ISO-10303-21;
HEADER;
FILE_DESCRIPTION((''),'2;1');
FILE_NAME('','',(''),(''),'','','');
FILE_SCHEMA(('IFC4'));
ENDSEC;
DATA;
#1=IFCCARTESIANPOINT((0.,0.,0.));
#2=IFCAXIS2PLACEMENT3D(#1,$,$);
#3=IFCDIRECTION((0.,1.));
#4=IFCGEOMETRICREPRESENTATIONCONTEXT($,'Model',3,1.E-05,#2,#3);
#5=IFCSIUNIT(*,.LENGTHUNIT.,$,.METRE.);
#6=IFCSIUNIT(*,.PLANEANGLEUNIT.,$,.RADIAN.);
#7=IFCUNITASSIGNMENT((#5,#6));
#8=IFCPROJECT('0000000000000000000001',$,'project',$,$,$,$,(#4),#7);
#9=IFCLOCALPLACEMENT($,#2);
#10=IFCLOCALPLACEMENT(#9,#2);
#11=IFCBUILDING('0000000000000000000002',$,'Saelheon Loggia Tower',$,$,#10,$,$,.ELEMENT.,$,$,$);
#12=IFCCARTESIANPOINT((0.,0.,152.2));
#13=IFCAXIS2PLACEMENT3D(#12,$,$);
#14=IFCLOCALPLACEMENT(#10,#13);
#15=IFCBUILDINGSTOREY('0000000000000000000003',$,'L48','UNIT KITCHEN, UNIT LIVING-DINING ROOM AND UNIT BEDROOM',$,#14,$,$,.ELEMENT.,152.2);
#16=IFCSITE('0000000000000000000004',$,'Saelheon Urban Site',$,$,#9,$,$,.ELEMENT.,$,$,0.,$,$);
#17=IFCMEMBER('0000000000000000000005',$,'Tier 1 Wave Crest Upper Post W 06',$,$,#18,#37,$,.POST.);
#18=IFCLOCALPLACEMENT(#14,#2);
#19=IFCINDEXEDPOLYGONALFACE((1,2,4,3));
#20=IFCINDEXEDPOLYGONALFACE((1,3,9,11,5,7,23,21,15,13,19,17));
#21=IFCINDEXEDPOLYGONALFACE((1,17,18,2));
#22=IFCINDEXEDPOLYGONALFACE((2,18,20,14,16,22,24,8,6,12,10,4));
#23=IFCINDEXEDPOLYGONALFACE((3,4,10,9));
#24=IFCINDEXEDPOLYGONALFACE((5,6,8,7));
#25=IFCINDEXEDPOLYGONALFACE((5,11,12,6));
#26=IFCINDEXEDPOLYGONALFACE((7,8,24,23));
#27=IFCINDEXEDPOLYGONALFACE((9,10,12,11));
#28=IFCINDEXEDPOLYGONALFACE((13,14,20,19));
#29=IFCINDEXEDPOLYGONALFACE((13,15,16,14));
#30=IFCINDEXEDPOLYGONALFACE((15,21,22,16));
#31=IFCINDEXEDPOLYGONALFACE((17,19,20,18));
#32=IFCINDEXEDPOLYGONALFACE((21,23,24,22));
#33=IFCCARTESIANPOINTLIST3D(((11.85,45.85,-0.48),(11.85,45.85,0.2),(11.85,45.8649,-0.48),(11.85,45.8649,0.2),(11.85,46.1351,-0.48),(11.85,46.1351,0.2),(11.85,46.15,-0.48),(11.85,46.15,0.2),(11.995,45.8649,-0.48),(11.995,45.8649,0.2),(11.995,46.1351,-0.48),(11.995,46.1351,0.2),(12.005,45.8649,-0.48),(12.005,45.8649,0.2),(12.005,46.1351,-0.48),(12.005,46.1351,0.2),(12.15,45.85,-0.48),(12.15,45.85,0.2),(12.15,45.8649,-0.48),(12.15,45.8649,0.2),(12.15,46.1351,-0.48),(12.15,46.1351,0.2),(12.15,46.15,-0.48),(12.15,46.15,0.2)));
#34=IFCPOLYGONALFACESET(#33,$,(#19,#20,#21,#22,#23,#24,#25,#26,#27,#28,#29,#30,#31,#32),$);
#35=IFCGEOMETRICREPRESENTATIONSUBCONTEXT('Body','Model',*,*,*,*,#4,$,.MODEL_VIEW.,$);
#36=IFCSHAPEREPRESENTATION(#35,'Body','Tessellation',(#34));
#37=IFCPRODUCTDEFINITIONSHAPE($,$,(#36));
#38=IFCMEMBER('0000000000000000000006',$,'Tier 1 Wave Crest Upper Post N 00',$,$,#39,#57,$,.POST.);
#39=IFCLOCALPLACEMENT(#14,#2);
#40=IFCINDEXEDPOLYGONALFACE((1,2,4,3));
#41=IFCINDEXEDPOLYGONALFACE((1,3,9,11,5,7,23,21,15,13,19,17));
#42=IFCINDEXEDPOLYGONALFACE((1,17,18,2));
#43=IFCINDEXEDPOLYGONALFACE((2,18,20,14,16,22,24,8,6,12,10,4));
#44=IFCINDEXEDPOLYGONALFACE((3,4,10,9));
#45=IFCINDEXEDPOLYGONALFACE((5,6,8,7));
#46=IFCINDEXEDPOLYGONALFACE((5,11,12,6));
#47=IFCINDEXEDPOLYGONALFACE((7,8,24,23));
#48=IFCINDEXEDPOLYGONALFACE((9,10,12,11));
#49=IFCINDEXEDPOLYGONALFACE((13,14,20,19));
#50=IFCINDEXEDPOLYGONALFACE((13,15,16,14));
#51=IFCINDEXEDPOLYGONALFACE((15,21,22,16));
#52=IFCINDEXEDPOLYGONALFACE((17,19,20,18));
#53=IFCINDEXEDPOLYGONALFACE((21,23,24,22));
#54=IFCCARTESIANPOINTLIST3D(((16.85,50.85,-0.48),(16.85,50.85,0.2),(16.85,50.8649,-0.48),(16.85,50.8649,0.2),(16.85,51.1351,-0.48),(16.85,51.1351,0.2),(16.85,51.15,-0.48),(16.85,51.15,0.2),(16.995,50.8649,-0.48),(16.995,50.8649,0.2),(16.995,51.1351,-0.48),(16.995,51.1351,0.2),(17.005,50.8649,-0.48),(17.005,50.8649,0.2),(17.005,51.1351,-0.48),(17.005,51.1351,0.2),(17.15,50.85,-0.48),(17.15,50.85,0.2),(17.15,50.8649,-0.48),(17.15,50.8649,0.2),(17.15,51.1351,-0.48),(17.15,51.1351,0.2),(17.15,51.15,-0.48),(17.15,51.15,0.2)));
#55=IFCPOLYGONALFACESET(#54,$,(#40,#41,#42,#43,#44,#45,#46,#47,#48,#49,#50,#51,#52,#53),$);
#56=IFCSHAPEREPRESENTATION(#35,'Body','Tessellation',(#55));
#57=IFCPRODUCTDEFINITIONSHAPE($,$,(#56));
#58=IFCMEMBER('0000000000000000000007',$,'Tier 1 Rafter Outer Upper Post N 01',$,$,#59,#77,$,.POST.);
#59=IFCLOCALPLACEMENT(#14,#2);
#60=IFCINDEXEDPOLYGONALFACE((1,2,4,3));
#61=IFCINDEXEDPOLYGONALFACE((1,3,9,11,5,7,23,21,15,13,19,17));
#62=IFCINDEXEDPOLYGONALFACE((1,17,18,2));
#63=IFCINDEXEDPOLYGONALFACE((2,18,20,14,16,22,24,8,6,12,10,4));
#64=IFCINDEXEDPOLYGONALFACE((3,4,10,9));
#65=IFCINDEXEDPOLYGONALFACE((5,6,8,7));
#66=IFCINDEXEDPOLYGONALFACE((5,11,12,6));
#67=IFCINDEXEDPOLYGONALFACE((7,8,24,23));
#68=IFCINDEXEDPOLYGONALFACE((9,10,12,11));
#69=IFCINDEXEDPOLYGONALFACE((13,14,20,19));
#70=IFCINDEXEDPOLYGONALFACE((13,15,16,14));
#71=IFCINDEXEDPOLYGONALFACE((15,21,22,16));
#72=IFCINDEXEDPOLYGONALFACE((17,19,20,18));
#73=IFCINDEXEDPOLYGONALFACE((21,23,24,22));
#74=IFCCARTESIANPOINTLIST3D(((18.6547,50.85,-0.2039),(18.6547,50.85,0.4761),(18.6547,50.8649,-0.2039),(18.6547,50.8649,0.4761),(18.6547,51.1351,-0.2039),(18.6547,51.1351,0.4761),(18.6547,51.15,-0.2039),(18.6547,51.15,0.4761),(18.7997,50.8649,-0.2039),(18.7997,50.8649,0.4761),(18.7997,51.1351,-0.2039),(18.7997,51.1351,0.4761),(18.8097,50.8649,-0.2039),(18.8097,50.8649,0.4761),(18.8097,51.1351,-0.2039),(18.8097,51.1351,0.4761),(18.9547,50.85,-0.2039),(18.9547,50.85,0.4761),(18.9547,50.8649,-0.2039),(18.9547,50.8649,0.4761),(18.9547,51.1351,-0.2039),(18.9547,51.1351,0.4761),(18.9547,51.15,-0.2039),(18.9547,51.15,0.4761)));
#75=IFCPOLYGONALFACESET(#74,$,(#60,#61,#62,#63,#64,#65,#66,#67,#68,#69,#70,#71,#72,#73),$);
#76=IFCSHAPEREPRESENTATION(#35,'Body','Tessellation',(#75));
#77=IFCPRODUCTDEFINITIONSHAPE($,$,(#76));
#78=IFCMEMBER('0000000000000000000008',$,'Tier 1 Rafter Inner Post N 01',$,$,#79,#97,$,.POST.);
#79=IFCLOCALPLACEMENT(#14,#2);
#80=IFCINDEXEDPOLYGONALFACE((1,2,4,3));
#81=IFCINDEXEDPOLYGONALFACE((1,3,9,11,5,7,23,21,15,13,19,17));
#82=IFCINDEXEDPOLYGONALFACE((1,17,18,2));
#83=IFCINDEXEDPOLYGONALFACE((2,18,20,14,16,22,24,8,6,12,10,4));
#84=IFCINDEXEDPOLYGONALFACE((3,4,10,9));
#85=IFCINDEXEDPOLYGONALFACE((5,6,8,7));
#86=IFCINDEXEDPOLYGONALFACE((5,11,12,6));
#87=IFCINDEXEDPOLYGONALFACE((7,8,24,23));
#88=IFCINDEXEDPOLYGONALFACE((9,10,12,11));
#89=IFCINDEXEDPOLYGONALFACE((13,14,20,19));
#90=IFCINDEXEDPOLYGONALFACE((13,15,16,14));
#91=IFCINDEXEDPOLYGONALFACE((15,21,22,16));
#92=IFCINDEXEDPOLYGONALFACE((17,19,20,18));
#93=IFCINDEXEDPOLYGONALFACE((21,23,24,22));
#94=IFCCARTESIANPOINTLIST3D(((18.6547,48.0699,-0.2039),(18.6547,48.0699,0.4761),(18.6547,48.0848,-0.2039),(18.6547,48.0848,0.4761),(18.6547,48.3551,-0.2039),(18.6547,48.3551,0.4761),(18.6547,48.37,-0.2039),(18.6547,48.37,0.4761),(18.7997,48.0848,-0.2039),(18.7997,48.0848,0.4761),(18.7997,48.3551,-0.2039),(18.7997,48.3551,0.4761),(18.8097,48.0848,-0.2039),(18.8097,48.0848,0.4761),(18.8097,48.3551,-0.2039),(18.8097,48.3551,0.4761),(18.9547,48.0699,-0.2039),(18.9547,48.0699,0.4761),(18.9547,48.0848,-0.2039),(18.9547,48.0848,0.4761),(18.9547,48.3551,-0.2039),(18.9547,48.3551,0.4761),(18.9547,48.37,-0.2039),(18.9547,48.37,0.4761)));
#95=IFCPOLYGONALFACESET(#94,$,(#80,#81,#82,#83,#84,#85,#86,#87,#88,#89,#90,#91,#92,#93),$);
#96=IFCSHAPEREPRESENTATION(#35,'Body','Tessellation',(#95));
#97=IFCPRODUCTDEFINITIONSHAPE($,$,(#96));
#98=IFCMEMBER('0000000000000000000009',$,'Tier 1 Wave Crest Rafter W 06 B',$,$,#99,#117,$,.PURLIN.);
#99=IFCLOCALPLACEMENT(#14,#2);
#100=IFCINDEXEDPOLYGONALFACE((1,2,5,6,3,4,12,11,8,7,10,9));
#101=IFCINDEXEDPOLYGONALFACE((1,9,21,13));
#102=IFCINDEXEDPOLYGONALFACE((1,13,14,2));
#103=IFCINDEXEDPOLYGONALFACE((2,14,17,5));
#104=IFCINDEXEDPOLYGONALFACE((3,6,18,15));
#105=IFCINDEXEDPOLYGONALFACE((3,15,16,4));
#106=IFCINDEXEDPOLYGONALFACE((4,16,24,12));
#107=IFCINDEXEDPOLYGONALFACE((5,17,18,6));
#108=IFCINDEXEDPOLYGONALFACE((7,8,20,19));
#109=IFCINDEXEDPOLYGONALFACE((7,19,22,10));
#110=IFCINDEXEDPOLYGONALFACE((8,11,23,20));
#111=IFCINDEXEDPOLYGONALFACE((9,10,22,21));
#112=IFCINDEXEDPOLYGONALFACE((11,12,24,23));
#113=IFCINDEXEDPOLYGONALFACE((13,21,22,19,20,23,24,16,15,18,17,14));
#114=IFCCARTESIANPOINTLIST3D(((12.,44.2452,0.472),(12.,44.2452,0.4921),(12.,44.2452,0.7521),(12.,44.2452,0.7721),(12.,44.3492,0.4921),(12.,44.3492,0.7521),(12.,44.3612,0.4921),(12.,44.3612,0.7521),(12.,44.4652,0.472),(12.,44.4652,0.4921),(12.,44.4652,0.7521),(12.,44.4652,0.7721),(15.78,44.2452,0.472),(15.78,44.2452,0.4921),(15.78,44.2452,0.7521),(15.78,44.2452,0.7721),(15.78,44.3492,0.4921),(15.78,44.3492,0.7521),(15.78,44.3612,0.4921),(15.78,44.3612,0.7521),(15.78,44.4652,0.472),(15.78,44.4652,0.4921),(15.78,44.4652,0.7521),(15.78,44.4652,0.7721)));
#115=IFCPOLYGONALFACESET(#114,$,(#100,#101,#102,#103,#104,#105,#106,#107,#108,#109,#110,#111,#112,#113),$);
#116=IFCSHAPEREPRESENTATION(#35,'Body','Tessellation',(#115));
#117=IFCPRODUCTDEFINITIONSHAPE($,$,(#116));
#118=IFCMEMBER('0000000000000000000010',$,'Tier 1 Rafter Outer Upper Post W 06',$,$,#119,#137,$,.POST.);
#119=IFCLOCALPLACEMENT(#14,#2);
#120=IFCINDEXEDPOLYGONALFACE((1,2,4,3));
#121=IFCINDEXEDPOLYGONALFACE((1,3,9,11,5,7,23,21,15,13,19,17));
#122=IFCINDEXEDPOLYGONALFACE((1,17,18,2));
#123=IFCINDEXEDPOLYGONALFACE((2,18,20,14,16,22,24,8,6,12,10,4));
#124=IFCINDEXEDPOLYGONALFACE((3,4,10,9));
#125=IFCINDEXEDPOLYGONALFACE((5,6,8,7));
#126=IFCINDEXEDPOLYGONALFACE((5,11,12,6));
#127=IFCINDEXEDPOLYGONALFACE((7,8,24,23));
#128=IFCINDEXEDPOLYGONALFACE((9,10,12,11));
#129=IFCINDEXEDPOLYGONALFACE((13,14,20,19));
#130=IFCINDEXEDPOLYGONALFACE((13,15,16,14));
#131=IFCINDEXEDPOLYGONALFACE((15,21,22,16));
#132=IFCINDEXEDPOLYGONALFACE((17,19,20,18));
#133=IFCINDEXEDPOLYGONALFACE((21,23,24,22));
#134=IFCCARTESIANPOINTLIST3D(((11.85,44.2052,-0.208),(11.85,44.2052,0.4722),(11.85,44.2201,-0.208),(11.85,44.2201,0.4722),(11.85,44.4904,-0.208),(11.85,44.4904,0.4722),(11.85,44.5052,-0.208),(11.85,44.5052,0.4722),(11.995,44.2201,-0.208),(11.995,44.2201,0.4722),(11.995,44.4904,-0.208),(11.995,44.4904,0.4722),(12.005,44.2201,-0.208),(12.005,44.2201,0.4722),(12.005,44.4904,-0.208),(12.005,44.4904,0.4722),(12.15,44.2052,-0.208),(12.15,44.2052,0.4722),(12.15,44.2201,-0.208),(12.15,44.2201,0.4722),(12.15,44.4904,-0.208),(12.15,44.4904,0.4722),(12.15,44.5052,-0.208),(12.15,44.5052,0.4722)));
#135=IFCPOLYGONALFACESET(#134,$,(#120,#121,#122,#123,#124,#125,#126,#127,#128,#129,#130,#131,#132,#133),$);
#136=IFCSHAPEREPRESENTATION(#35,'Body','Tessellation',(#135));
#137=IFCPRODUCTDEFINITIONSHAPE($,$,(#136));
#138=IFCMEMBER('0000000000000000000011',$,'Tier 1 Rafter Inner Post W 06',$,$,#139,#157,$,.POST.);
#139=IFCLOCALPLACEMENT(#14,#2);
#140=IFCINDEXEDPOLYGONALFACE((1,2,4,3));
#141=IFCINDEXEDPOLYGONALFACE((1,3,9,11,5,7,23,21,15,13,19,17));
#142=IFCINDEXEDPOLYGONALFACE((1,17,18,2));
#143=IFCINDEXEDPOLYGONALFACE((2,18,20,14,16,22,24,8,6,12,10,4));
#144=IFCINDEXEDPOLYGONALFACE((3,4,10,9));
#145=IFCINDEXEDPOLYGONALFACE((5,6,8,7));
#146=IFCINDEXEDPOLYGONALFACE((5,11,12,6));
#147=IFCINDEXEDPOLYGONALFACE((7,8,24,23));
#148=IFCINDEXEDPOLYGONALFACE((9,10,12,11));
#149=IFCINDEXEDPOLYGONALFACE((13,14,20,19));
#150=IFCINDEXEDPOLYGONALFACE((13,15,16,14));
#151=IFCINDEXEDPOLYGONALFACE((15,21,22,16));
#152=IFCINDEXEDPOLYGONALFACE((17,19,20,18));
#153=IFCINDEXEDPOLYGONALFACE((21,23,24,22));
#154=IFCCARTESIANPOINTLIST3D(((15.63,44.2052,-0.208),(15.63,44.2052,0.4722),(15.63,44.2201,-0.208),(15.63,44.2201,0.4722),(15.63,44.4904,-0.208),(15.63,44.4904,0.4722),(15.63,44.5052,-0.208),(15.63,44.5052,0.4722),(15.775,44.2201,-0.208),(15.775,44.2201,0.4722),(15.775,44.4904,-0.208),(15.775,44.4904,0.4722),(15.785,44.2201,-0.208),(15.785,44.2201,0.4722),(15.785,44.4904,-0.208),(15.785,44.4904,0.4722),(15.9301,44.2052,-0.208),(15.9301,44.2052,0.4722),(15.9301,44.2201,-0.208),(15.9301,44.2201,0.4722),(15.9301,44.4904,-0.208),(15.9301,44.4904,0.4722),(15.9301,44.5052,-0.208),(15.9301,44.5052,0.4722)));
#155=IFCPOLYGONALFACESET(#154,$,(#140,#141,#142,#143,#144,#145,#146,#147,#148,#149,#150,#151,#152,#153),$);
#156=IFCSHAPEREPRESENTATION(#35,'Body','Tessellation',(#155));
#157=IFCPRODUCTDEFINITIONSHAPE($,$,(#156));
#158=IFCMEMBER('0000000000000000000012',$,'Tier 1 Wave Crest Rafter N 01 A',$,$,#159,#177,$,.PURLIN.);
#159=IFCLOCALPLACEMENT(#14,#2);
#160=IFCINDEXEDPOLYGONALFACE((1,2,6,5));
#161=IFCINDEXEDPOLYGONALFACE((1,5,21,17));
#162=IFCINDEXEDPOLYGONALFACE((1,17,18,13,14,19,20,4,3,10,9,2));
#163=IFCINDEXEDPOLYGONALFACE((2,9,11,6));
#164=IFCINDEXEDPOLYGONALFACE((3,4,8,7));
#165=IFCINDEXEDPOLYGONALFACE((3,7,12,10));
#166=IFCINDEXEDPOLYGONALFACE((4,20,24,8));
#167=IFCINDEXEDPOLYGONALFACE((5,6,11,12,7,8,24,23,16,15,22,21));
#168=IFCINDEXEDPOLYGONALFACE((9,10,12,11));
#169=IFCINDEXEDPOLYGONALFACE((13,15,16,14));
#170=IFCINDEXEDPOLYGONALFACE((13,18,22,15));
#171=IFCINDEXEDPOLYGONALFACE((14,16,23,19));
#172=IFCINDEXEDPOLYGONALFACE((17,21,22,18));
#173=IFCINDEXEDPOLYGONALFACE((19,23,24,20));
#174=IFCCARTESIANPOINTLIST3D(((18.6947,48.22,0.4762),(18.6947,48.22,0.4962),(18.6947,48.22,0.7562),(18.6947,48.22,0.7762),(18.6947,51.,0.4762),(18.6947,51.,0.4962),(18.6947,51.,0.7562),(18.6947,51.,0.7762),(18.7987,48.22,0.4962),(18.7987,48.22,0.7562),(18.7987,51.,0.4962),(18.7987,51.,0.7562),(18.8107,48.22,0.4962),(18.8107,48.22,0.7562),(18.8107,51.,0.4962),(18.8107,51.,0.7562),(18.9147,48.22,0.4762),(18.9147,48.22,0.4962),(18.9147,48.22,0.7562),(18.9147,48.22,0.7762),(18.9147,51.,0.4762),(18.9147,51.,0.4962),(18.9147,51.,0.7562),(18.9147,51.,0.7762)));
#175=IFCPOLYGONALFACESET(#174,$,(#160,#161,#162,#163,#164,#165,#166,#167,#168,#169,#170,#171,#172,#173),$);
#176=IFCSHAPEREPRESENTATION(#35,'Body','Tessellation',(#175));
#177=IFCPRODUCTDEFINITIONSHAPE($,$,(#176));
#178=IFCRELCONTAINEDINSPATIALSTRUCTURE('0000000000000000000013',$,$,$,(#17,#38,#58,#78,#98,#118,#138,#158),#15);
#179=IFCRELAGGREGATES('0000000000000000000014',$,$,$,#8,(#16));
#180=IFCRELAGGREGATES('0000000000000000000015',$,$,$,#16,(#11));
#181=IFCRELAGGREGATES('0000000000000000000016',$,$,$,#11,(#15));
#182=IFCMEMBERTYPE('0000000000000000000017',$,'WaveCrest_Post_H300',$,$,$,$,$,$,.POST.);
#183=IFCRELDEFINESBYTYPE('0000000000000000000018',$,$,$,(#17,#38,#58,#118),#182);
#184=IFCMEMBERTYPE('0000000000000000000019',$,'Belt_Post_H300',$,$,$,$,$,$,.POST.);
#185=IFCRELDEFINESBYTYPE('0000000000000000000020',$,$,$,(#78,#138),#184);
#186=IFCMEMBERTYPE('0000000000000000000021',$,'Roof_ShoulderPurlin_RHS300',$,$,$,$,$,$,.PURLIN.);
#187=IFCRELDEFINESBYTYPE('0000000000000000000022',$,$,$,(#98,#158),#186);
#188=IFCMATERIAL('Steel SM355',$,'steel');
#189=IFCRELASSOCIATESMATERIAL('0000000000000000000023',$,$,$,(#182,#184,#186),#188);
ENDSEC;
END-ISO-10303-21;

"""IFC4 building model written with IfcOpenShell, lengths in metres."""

from ifc_helpers import new_model, si_unit, direction, frame, origin, origin_2d, place, context, subcontext, project, spatial, i_section, extrude, source, transform, mapped, material, material_profile, profile_set, type_object, element, save


model = new_model("IFC4")

# Units and contexts
model_context = context("Model", 3, precision=1e-05, world=origin(), true_north=direction((0.0, 1.0)))
body_context = subcontext(model_context, "Body", "Model", "MODEL_VIEW")
ifc_project = project(units=[si_unit("LENGTHUNIT", "METRE"), si_unit("PLANEANGLEUNIT", "RADIAN")], contexts=[model_context])

# Site, building, storey
site_placement = place(None, origin())
site = spatial("IfcSite", under=ifc_project, at=site_placement, Name="Saelheon Urban Site", CompositionType="ELEMENT", RefElevation=0.0)
building_placement = place(site_placement, origin())
building = spatial("IfcBuilding", under=site, at=building_placement, Name="Saelheon Loggia Tower", CompositionType="ELEMENT")
storey_placement = place(building_placement, frame((0.0, 0.0, 152.2)))
storey = spatial("IfcBuildingStorey", under=building, at=storey_placement, Name="L48", Description="UNIT KITCHEN, UNIT LIVING-DINING ROOM AND UNIT BEDROOM", CompositionType="ELEMENT", Elevation=152.2)

# Members
ifc_material_1 = material(Name="Steel SM355", Category="steel")
ifc_material_profile_1 = material_profile(ifc_material_1, i_section(OverallWidth=0.3, OverallDepth=0.3, WebThickness=0.01, FlangeThickness=0.0149, at=origin_2d()), Name="H-300x300x10x15")
ifc_profile_set_1 = profile_set([ifc_material_profile_1], Name="Steel SM355")
member_type_1 = type_object("IfcMemberType", Name="WaveCrest_Post_H300", PredefinedType="POST", material=ifc_profile_set_1)
shared_shape_1 = source(origin(), body_context, "Body", "SweptSolid", [
    extrude(i_section(OverallWidth=0.3, OverallDepth=0.3, WebThickness=0.01, FlangeThickness=0.0149, at=origin_2d()), origin(), (0.0, 0.0, 1.0), 0.6799),
])
for number, where, z_axis, x_axis, name in (
    (1, (12.0, 46.0, -0.48), (0.0, 0.0, 1.0), (1.0, 0.0, 0.0), "Tier 1 Wave Crest Upper Post W 06"),
    (2, (17.0, 51.0, -0.48), (0.0, 0.0, 1.0), (1.0, 0.0, 0.0), "Tier 1 Wave Crest Upper Post N 00"),
    (3, (18.8047, 51.0, -0.2039), (0.0, 0.0, 1.0), (1.0, 0.0, 0.0), "Tier 1 Rafter Outer Upper Post N 01"),
):
    element("IfcMember", number, at=place(storey_placement, frame(where, z_axis=z_axis, x_axis=x_axis)), inside=storey, type_object=member_type_1, Name=name, PredefinedType="POST", context=body_context, shape_type="MappedRepresentation", body=[
        mapped(shared_shape_1, transform((0.0, 0.0, 0.0), scale=1.0)),
    ])
ifc_material_profile_2 = material_profile(ifc_material_1, i_section(OverallWidth=0.3, OverallDepth=0.3, WebThickness=0.01, FlangeThickness=0.0149, at=origin_2d()), Name="H-300x300x10x15")
ifc_profile_set_2 = profile_set([ifc_material_profile_2], Name="Steel SM355")
member_type_2 = type_object("IfcMemberType", Name="Belt_Post_H300", PredefinedType="POST", material=ifc_profile_set_2)
member_1_placement = place(storey_placement, frame((18.8047, 48.22, -0.2039), z_axis=(0.0, 0.0, 1.0), x_axis=(1.0, 0.0, 0.0)))
element("IfcMember", 4, at=member_1_placement, inside=storey, type_object=member_type_2, Name="Tier 1 Rafter Inner Post N 01", PredefinedType="POST", context=body_context, shape_type="MappedRepresentation", body=[
    mapped(shared_shape_1, transform((0.0, 0.0, 0.0), scale=1.0)),
])
ifc_material_profile_3 = material_profile(ifc_material_1, i_section(OverallWidth=0.22, OverallDepth=0.3, WebThickness=0.012, FlangeThickness=0.02, at=origin_2d()), Name="H-300x220x12x20")
ifc_profile_set_3 = profile_set([ifc_material_profile_3], Name="Steel SM355")
member_type_3 = type_object("IfcMemberType", Name="Roof_ShoulderPurlin_RHS300", PredefinedType="PURLIN", material=ifc_profile_set_3)
shared_shape_2 = source(origin(), body_context, "Body", "SweptSolid", [
    extrude(i_section(OverallWidth=0.22, OverallDepth=0.3, WebThickness=0.012, FlangeThickness=0.02, at=origin_2d()), origin(), (0.0, 0.0, 1.0), 3.78),
])
member_2_placement = place(storey_placement, frame((12.0, 44.3552, 0.6221), z_axis=(1.0, 0.0, 0.0), x_axis=(0.0, 1.0, 0.0)))
element("IfcMember", 5, at=member_2_placement, inside=storey, type_object=member_type_3, Name="Tier 1 Wave Crest Rafter W 06 B", PredefinedType="PURLIN", context=body_context, shape_type="MappedRepresentation", body=[
    mapped(shared_shape_2, transform((0.0, 0.0, 0.0), scale=1.0)),
])
shared_shape_3 = source(origin(), body_context, "Body", "SweptSolid", [
    extrude(i_section(OverallWidth=0.3, OverallDepth=0.3, WebThickness=0.01, FlangeThickness=0.0149, at=origin_2d()), origin(), (0.0, 0.0, 1.0), 0.6802),
])
member_3_placement = place(storey_placement, frame((12.0, 44.3552, -0.208), z_axis=(0.0, 0.0, 1.0), x_axis=(1.0, 0.0, 0.0)))
element("IfcMember", 6, at=member_3_placement, inside=storey, type_object=member_type_1, Name="Tier 1 Rafter Outer Upper Post W 06", PredefinedType="POST", context=body_context, shape_type="MappedRepresentation", body=[
    mapped(shared_shape_3, transform((0.0, 0.0, 0.0), scale=1.0)),
])
member_4_placement = place(storey_placement, frame((15.78, 44.3552, -0.208), z_axis=(0.0, 0.0, 1.0), x_axis=(1.0, 0.0, 0.0)))
element("IfcMember", 7, at=member_4_placement, inside=storey, type_object=member_type_2, Name="Tier 1 Rafter Inner Post W 06", PredefinedType="POST", context=body_context, shape_type="MappedRepresentation", body=[
    mapped(shared_shape_3, transform((0.0, 0.0, 0.0), scale=1.0)),
])
shared_shape_4 = source(origin(), body_context, "Body", "SweptSolid", [
    extrude(i_section(OverallWidth=0.22, OverallDepth=0.3, WebThickness=0.012, FlangeThickness=0.02, at=origin_2d()), origin(), (0.0, 0.0, 1.0), 2.78),
])
member_5_placement = place(storey_placement, frame((18.8047, 51.0, 0.6262), z_axis=(0.0, -1.0, 0.0), x_axis=(1.0, 0.0, 0.0)))
element("IfcMember", 8, at=member_5_placement, inside=storey, type_object=member_type_3, Name="Tier 1 Wave Crest Rafter N 01 A", PredefinedType="PURLIN", context=body_context, shape_type="MappedRepresentation", body=[
    mapped(shared_shape_4, transform((0.0, 0.0, 0.0), scale=1.0)),
])

save(model, "model.ifc")
